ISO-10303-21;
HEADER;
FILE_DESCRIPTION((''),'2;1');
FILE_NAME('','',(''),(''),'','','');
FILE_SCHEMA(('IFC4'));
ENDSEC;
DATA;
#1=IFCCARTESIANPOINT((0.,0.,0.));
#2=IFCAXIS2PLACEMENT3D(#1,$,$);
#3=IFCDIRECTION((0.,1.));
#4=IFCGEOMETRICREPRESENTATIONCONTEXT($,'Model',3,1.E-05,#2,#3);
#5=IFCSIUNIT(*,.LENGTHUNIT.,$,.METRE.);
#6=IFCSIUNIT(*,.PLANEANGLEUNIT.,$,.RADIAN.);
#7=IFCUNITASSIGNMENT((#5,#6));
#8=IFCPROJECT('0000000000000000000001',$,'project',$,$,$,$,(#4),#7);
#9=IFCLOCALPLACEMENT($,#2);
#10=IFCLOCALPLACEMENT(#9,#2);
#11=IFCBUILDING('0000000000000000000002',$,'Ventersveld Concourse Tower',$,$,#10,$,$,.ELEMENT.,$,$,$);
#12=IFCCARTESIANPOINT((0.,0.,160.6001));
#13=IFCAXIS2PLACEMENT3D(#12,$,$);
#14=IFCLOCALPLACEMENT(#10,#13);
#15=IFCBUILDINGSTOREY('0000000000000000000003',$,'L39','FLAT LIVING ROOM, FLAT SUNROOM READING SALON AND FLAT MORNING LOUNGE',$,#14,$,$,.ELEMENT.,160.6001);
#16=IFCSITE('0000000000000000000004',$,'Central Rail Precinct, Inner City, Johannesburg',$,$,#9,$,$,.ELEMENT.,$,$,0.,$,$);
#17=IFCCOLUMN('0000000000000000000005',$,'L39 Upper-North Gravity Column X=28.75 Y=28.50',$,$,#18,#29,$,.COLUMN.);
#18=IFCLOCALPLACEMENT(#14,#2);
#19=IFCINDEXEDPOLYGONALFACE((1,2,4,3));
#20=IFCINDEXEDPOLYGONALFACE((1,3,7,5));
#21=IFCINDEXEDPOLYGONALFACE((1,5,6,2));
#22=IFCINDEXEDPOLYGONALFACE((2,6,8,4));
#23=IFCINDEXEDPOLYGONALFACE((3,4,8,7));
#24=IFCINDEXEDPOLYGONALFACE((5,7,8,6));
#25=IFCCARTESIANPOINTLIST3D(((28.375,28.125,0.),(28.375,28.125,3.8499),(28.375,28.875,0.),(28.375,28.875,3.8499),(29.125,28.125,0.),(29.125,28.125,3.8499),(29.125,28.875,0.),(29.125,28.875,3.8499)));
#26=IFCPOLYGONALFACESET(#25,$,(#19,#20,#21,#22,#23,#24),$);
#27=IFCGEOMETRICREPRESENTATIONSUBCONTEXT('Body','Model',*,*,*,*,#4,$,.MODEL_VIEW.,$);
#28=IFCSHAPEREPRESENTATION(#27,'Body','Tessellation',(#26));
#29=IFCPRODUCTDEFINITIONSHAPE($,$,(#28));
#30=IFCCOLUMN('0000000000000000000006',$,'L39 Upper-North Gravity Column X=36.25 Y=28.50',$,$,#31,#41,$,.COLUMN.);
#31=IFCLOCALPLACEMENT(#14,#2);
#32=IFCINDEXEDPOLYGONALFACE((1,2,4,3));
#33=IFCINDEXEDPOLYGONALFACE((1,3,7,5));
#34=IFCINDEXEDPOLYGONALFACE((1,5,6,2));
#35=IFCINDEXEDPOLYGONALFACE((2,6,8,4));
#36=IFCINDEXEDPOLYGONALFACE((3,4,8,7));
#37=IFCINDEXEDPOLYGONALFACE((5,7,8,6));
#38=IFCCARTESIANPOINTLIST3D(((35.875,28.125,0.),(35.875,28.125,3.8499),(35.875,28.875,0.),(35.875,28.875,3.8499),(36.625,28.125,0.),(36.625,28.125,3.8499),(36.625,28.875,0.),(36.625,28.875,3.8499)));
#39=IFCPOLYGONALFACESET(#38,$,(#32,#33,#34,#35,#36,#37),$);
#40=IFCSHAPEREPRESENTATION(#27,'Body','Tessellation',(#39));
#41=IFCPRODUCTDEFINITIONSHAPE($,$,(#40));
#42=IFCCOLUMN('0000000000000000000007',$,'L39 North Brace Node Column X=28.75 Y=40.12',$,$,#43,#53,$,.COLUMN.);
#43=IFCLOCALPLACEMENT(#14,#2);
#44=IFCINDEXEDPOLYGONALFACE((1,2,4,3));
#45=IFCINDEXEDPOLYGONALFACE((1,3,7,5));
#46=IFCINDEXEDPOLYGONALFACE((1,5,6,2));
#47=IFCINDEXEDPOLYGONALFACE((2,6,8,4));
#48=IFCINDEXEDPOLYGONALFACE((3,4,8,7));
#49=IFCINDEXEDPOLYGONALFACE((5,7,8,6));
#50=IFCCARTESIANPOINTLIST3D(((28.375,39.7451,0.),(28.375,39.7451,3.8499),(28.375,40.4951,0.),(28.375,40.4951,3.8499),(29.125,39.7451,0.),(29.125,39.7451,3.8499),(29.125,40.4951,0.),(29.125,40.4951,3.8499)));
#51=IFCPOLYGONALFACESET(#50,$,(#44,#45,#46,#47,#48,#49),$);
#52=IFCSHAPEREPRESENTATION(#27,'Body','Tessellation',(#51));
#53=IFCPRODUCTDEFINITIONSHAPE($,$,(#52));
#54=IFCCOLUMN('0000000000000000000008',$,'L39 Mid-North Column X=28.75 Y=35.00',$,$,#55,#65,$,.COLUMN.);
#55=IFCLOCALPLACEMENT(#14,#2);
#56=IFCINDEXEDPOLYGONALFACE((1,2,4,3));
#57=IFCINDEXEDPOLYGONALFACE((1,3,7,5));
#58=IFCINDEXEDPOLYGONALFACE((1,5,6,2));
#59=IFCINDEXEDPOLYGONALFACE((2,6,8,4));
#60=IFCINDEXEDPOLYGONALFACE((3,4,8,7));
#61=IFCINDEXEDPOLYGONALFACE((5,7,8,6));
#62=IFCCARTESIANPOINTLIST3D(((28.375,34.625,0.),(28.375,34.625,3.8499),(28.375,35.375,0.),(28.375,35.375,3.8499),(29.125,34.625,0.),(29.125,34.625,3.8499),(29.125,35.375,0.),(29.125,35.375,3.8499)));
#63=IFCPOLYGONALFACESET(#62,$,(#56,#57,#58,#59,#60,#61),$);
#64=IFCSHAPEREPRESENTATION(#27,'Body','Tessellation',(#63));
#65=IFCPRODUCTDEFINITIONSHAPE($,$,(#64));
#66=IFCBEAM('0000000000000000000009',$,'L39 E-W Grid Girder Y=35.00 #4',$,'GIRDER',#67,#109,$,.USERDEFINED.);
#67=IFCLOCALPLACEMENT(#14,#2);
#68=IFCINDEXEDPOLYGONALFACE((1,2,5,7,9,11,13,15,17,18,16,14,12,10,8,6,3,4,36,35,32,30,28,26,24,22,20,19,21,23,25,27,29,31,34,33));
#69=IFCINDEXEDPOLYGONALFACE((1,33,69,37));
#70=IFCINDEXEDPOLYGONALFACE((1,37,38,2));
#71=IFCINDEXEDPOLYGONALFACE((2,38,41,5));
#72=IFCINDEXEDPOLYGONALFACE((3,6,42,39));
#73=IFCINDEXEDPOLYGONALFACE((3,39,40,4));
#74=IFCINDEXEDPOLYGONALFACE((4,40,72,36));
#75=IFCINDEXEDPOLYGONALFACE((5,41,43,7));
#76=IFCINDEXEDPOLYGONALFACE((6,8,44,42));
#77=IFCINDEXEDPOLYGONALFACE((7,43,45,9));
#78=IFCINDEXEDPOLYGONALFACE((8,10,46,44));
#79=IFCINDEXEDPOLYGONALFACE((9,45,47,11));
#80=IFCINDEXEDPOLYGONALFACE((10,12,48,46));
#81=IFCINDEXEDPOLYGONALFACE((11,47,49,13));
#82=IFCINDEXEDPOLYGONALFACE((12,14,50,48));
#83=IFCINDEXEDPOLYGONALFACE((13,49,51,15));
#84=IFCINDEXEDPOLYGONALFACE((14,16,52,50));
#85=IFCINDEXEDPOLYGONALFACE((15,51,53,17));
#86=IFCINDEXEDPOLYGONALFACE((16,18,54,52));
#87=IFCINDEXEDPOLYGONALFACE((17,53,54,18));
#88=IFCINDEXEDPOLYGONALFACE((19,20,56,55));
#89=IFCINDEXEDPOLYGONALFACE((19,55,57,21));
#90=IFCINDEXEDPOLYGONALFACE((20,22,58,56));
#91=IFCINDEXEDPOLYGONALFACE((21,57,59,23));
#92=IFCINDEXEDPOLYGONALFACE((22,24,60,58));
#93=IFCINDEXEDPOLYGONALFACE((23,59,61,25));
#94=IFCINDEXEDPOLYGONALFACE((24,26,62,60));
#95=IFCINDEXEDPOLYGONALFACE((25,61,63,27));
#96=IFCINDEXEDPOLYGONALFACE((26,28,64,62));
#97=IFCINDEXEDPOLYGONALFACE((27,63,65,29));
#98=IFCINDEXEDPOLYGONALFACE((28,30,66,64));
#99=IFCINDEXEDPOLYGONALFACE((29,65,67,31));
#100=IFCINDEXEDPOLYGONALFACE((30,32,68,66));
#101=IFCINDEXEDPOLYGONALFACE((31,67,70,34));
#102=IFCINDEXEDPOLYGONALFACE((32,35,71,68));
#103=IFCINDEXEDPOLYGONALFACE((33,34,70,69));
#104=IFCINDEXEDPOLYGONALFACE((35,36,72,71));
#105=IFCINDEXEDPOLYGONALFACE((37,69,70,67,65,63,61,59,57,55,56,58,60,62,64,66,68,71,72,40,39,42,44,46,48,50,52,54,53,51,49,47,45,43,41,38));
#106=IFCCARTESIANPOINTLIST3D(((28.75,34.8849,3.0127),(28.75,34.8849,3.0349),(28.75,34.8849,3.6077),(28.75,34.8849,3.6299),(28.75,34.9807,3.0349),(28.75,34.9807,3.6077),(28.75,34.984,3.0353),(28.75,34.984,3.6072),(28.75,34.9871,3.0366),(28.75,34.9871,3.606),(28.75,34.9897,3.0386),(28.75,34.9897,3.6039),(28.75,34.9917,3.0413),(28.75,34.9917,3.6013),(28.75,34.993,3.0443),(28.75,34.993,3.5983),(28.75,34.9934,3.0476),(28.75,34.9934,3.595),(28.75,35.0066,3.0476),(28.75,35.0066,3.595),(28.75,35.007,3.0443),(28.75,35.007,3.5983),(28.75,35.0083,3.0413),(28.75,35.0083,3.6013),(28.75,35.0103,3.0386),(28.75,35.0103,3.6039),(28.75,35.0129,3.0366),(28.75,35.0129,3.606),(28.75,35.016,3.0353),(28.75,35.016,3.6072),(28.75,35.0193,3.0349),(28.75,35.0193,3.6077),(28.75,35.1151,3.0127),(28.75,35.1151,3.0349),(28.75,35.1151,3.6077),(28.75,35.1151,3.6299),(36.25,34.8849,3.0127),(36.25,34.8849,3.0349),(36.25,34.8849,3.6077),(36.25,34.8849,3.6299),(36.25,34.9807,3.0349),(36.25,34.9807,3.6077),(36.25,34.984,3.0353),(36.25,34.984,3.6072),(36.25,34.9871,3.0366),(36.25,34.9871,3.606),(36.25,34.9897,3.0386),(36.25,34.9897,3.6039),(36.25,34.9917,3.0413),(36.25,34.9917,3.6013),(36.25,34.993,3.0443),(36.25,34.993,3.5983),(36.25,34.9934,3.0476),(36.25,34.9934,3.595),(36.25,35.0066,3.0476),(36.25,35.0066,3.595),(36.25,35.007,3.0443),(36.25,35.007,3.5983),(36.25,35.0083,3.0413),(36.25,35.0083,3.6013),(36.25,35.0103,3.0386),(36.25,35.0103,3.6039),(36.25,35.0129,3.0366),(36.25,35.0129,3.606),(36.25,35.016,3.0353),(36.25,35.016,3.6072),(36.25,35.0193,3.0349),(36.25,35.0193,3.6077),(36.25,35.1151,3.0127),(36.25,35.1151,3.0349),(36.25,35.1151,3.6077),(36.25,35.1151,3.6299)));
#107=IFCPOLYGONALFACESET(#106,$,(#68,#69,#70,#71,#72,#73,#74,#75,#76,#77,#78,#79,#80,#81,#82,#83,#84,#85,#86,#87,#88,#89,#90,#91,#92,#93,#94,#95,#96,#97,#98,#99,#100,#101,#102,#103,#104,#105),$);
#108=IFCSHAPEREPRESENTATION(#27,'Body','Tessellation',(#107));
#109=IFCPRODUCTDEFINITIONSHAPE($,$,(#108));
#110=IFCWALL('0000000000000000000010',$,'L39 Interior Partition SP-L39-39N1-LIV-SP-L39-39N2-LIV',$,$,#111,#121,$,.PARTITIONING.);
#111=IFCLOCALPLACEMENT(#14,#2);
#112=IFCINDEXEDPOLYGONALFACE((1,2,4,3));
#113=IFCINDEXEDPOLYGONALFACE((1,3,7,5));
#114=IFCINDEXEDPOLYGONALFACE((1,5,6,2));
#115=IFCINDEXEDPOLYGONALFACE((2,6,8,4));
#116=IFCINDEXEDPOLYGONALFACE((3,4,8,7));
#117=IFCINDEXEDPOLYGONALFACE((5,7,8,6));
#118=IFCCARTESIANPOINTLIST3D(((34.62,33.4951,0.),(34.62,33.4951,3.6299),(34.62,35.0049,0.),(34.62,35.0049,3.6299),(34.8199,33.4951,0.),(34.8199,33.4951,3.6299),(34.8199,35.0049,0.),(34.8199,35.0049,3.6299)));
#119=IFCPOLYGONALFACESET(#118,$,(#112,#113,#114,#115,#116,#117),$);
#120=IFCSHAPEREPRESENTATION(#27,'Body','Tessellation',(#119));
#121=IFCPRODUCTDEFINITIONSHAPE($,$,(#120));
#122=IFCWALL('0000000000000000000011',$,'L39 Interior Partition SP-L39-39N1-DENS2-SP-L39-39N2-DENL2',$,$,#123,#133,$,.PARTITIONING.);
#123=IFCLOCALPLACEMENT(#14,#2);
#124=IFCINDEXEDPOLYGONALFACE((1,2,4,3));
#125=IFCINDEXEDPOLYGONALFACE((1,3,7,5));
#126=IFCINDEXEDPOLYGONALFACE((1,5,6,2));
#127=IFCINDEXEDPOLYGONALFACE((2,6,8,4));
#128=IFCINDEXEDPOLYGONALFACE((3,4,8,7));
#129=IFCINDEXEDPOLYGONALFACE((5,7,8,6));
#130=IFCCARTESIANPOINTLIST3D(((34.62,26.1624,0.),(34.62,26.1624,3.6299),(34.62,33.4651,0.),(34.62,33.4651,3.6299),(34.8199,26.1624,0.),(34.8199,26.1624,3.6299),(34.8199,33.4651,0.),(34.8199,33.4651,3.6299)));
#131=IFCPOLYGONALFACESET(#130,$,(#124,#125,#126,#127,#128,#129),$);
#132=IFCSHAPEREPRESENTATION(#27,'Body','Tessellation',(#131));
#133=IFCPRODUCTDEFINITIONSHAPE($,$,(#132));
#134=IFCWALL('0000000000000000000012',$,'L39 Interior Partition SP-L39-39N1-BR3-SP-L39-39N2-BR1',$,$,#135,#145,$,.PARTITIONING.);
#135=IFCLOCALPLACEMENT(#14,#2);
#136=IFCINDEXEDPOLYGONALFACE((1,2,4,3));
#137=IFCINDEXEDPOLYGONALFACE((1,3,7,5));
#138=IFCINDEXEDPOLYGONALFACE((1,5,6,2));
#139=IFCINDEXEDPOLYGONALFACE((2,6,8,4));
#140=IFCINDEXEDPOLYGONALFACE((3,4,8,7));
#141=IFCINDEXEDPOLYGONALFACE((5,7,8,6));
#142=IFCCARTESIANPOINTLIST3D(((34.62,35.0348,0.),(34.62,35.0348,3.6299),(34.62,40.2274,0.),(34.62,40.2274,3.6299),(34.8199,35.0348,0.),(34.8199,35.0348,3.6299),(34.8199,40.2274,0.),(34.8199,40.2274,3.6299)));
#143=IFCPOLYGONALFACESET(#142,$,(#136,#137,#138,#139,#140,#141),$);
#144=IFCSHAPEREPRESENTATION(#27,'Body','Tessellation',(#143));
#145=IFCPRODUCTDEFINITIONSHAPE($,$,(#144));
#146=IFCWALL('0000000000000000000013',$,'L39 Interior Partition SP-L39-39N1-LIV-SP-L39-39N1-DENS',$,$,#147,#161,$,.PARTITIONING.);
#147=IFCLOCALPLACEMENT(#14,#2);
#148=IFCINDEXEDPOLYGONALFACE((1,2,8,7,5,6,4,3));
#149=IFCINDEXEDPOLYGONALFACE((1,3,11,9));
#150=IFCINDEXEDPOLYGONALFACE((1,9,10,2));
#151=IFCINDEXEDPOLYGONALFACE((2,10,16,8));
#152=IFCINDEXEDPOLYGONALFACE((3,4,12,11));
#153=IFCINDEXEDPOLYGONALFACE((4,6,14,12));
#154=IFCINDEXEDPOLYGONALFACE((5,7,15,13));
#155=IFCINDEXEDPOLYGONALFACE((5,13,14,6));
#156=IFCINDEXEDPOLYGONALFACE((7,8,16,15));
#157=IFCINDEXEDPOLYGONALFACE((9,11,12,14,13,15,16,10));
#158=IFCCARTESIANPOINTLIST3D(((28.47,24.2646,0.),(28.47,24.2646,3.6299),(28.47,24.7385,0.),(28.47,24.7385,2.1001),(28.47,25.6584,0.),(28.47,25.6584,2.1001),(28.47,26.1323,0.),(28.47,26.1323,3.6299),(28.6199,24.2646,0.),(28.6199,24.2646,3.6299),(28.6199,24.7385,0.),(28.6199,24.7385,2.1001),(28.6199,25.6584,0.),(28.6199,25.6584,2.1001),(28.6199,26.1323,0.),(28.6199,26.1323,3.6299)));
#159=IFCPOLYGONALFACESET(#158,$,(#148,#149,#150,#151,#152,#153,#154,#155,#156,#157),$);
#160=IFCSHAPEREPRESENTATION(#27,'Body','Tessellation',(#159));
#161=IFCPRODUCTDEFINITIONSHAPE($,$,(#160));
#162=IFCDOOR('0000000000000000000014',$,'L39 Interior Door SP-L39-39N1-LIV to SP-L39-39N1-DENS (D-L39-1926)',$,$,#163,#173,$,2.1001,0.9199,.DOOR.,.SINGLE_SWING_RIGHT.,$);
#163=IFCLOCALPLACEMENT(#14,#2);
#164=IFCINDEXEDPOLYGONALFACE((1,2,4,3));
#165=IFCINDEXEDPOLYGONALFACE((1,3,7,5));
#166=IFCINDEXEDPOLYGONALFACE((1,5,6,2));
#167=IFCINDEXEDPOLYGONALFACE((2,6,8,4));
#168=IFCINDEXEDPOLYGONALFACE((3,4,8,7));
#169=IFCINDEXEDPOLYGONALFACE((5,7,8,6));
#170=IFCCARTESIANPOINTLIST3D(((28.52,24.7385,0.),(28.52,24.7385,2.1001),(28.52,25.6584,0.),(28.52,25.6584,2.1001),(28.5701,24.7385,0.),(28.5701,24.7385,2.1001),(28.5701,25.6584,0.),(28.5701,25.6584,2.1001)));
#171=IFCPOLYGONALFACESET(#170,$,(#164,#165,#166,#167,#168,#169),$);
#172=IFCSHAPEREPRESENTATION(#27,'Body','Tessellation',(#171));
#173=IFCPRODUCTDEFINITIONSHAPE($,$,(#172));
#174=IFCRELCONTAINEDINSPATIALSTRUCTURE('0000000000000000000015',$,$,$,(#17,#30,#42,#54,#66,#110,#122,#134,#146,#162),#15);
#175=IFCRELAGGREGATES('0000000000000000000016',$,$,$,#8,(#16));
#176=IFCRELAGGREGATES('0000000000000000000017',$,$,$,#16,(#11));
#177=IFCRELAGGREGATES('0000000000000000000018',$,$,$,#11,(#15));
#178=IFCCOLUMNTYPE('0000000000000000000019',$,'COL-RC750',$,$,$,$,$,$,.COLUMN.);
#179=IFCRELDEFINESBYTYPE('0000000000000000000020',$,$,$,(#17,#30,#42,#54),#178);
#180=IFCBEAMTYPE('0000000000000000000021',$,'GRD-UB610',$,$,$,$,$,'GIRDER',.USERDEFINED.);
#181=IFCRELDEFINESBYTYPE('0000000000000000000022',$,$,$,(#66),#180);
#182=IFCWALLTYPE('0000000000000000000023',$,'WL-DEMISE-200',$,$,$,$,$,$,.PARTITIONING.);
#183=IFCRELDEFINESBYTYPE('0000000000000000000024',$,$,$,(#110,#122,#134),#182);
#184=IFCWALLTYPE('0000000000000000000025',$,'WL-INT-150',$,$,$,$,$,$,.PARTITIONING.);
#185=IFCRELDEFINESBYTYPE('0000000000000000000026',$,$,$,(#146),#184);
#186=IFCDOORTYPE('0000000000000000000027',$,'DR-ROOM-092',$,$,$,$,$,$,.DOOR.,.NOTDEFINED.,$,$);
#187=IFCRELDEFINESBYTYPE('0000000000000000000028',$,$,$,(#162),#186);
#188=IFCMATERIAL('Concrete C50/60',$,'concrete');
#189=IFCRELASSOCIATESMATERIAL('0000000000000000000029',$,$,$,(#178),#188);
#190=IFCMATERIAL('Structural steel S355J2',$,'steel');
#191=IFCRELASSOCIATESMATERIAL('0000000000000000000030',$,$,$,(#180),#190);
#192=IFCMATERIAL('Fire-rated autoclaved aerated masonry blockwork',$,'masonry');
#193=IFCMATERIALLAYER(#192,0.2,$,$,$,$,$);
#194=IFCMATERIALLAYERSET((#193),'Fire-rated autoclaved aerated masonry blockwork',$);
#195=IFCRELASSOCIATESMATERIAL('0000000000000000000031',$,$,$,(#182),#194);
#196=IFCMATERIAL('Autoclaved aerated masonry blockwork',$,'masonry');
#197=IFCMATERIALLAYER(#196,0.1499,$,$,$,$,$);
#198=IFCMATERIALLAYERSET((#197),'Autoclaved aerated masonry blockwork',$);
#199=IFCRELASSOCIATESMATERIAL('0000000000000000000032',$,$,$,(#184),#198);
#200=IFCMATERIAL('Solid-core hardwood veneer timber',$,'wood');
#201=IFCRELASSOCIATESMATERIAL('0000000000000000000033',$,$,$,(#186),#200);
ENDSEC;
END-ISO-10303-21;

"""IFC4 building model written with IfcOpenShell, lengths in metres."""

from ifc_helpers import new_model, si_unit, direction, frame, frame_2d, origin, origin_2d, place, context, subcontext, project, spatial, rectangle, i_section, extrude, material, layer, layer_set, material_profile, profile_set, type_object, element, fill, save


model = new_model("IFC4")

# Units and contexts
model_context = context("Model", 3, precision=1e-05, world=origin(), true_north=direction((0.0, 1.0)))
body_context = subcontext(model_context, "Body", "Model", "MODEL_VIEW")
ifc_project = project(units=[si_unit("LENGTHUNIT", "METRE"), si_unit("PLANEANGLEUNIT", "RADIAN")], contexts=[model_context])

# Site, building, storey
site_placement = place(None, origin())
site = spatial("IfcSite", under=ifc_project, at=site_placement, Name="Central Rail Precinct, Inner City, Johannesburg", CompositionType="ELEMENT", RefElevation=0.0)
building_placement = place(site_placement, origin())
building = spatial("IfcBuilding", under=site, at=building_placement, Name="Ventersveld Concourse Tower", CompositionType="ELEMENT")
storey_placement = place(building_placement, frame((0.0, 0.0, 160.6001)))
storey = spatial("IfcBuildingStorey", under=building, at=storey_placement, Name="L39", Description="FLAT LIVING ROOM, FLAT SUNROOM READING SALON AND FLAT MORNING LOUNGE", CompositionType="ELEMENT", Elevation=160.6001)

# Columns
ifc_material_1 = material(Name="Concrete C50/60", Category="concrete")
ifc_material_profile_1 = material_profile(ifc_material_1, rectangle(XDim=0.75, YDim=0.75, at=origin_2d()), Name="RC 750x750")
ifc_profile_set_1 = profile_set([ifc_material_profile_1], Name="Concrete C50/60")
column_type = type_object("IfcColumnType", Name="COL-RC750", PredefinedType="COLUMN", material=ifc_profile_set_1)
for number, where, z_axis, x_axis, name in (
    (1, (28.75, 28.5, 0.0), (0.0, 0.0, 1.0), (1.0, 0.0, 0.0), "L39 Upper-North Gravity Column X=28.75 Y=28.50"),
    (2, (36.25, 28.5, 0.0), (0.0, 0.0, 1.0), (1.0, 0.0, 0.0), "L39 Upper-North Gravity Column X=36.25 Y=28.50"),
    (3, (28.75, 40.1201, 0.0), (0.0, 0.0, 1.0), (1.0, 0.0, 0.0), "L39 North Brace Node Column X=28.75 Y=40.12"),
    (4, (28.75, 35.0, 0.0), (0.0, 0.0, 1.0), (1.0, 0.0, 0.0), "L39 Mid-North Column X=28.75 Y=35.00"),
):
    element("IfcColumn", number, at=place(storey_placement, frame(where, z_axis=z_axis, x_axis=x_axis)), inside=storey, type_object=column_type, Name=name, PredefinedType="COLUMN", context=body_context, shape_type="SweptSolid", body=[
        extrude(rectangle(XDim=0.75, YDim=0.75, at=origin_2d()), origin(), (0.0, 0.0, 1.0), 3.8499),
    ])

# Beam
ifc_material_2 = material(Name="Structural steel S355J2", Category="steel")
ifc_material_profile_2 = material_profile(ifc_material_2, i_section(OverallWidth=0.2302, OverallDepth=0.6172, WebThickness=0.0132, FlangeThickness=0.0222, FilletRadius=0.0127, at=origin_2d()), Name="UB 610x229x140")
ifc_profile_set_2 = profile_set([ifc_material_profile_2], Name="Structural steel S355J2")
beam_type = type_object("IfcBeamType", Name="GRD-UB610", ElementType="GIRDER", PredefinedType="USERDEFINED", material=ifc_profile_set_2)
beam_placement = place(storey_placement, frame((28.75, 35.0, 3.3213), z_axis=(1.0, 0.0, 0.0), x_axis=(0.0, 1.0, 0.0)))
element("IfcBeam", 5, at=beam_placement, inside=storey, type_object=beam_type, Name="L39 E-W Grid Girder Y=35.00 #4", ObjectType="GIRDER", PredefinedType="USERDEFINED", context=body_context, shape_type="SweptSolid", body=[
    extrude(i_section(OverallWidth=0.2302, OverallDepth=0.6172, WebThickness=0.0132, FlangeThickness=0.0222, FilletRadius=0.0127, at=origin_2d()), origin(), (0.0, 0.0, 1.0), 7.5),
])

# Walls
ifc_material_3 = material(Name="Fire-rated autoclaved aerated masonry blockwork", Category="masonry")
ifc_layer_1 = layer(ifc_material_3, 0.2)
ifc_layer_set_1 = layer_set([ifc_layer_1], Name="Fire-rated autoclaved aerated masonry blockwork")
wall_type_1 = type_object("IfcWallType", Name="WL-DEMISE-200", PredefinedType="PARTITIONING", material=ifc_layer_set_1)
wall_1_placement = place(storey_placement, frame((34.72, 33.4951, 0.0), z_axis=(0.0, 0.0, 1.0), x_axis=(0.0, 1.0, 0.0)))
element("IfcWall", 6, at=wall_1_placement, inside=storey, type_object=wall_type_1, Name="L39 Interior Partition SP-L39-39N1-LIV-SP-L39-39N2-LIV", PredefinedType="PARTITIONING", context=body_context, shape_type="SweptSolid", body=[
    extrude(rectangle(XDim=1.5098, YDim=0.2, at=frame_2d((0.7549, 0.0))), origin(), (0.0, 0.0, 1.0), 3.6299),
])
wall_2_placement = place(storey_placement, frame((34.72, 26.1624, 0.0), z_axis=(0.0, 0.0, 1.0), x_axis=(0.0, 1.0, 0.0)))
element("IfcWall", 7, at=wall_2_placement, inside=storey, type_object=wall_type_1, Name="L39 Interior Partition SP-L39-39N1-DENS2-SP-L39-39N2-DENL2", PredefinedType="PARTITIONING", context=body_context, shape_type="SweptSolid", body=[
    extrude(rectangle(XDim=7.3027, YDim=0.2, at=frame_2d((3.6514, 0.0))), origin(), (0.0, 0.0, 1.0), 3.6299),
])
wall_3_placement = place(storey_placement, frame((34.72, 35.0349, 0.0), z_axis=(0.0, 0.0, 1.0), x_axis=(0.0, 1.0, 0.0)))
element("IfcWall", 8, at=wall_3_placement, inside=storey, type_object=wall_type_1, Name="L39 Interior Partition SP-L39-39N1-BR3-SP-L39-39N2-BR1", PredefinedType="PARTITIONING", context=body_context, shape_type="SweptSolid", body=[
    extrude(rectangle(XDim=5.1926, YDim=0.2, at=frame_2d((2.5962, 0.0))), origin(), (0.0, 0.0, 1.0), 3.6299),
])

# Wall, opening, door
ifc_material_4 = material(Name="Autoclaved aerated masonry blockwork", Category="masonry")
ifc_layer_2 = layer(ifc_material_4, 0.1499)
ifc_layer_set_2 = layer_set([ifc_layer_2], Name="Autoclaved aerated masonry blockwork")
wall_type_2 = type_object("IfcWallType", Name="WL-INT-150", PredefinedType="PARTITIONING", material=ifc_layer_set_2)
wall_4_placement = place(storey_placement, frame((28.5449, 24.2646, 0.0), z_axis=(0.0, 0.0, 1.0), x_axis=(0.0, 1.0, 0.0)))
wall_4 = element("IfcWall", 9, at=wall_4_placement, inside=storey, type_object=wall_type_2, Name="L39 Interior Partition SP-L39-39N1-LIV-SP-L39-39N1-DENS", PredefinedType="PARTITIONING", context=body_context, shape_type="SweptSolid", body=[
    extrude(rectangle(XDim=1.8677, YDim=0.1499, at=frame_2d((0.9338, 0.0))), origin(), (0.0, 0.0, 1.0), 3.6299),
])
opening_1_placement = place(wall_4_placement, frame((0.4739, 0.0, 0.0)))
opening_1 = element("IfcOpeningElement", 10, at=opening_1_placement, cuts=wall_4, PredefinedType="OPENING", context=body_context, shape_type="SweptSolid", body=[
    extrude(rectangle(XDim=0.9199, YDim=2.1001, at=frame_2d((0.46, 1.05))), frame((0.0, 0.085, 0.0), z_axis=(0.0, -1.0, 0.0), x_axis=(1.0, 0.0, 0.0)), (0.0, 0.0, 1.0), 0.1699),
])
ifc_material_5 = material(Name="Solid-core hardwood veneer timber", Category="wood")
door_type = type_object("IfcDoorType", Name="DR-ROOM-092", OperationType="NOTDEFINED", PredefinedType="DOOR", material=ifc_material_5)
door_1_placement = place(opening_1_placement, origin())
door_1 = element("IfcDoor", 11, at=door_1_placement, inside=storey, type_object=door_type, Name="L39 Interior Door SP-L39-39N1-LIV to SP-L39-39N1-DENS (D-L39-1926)", OperationType="SINGLE_SWING_RIGHT", OverallHeight=2.1001, OverallWidth=0.9199, PredefinedType="DOOR", context=body_context, shape_type="SweptSolid", body=[
    extrude(rectangle(XDim=0.9199, YDim=2.1001, at=frame_2d((0.46, 1.05))), frame((0.0, 0.0249, 0.0), z_axis=(0.0, -1.0, 0.0), x_axis=(1.0, 0.0, 0.0)), (0.0, 0.0, 1.0), 0.05),
])
fill(opening_1, door_1)

save(model, "model.ifc")
